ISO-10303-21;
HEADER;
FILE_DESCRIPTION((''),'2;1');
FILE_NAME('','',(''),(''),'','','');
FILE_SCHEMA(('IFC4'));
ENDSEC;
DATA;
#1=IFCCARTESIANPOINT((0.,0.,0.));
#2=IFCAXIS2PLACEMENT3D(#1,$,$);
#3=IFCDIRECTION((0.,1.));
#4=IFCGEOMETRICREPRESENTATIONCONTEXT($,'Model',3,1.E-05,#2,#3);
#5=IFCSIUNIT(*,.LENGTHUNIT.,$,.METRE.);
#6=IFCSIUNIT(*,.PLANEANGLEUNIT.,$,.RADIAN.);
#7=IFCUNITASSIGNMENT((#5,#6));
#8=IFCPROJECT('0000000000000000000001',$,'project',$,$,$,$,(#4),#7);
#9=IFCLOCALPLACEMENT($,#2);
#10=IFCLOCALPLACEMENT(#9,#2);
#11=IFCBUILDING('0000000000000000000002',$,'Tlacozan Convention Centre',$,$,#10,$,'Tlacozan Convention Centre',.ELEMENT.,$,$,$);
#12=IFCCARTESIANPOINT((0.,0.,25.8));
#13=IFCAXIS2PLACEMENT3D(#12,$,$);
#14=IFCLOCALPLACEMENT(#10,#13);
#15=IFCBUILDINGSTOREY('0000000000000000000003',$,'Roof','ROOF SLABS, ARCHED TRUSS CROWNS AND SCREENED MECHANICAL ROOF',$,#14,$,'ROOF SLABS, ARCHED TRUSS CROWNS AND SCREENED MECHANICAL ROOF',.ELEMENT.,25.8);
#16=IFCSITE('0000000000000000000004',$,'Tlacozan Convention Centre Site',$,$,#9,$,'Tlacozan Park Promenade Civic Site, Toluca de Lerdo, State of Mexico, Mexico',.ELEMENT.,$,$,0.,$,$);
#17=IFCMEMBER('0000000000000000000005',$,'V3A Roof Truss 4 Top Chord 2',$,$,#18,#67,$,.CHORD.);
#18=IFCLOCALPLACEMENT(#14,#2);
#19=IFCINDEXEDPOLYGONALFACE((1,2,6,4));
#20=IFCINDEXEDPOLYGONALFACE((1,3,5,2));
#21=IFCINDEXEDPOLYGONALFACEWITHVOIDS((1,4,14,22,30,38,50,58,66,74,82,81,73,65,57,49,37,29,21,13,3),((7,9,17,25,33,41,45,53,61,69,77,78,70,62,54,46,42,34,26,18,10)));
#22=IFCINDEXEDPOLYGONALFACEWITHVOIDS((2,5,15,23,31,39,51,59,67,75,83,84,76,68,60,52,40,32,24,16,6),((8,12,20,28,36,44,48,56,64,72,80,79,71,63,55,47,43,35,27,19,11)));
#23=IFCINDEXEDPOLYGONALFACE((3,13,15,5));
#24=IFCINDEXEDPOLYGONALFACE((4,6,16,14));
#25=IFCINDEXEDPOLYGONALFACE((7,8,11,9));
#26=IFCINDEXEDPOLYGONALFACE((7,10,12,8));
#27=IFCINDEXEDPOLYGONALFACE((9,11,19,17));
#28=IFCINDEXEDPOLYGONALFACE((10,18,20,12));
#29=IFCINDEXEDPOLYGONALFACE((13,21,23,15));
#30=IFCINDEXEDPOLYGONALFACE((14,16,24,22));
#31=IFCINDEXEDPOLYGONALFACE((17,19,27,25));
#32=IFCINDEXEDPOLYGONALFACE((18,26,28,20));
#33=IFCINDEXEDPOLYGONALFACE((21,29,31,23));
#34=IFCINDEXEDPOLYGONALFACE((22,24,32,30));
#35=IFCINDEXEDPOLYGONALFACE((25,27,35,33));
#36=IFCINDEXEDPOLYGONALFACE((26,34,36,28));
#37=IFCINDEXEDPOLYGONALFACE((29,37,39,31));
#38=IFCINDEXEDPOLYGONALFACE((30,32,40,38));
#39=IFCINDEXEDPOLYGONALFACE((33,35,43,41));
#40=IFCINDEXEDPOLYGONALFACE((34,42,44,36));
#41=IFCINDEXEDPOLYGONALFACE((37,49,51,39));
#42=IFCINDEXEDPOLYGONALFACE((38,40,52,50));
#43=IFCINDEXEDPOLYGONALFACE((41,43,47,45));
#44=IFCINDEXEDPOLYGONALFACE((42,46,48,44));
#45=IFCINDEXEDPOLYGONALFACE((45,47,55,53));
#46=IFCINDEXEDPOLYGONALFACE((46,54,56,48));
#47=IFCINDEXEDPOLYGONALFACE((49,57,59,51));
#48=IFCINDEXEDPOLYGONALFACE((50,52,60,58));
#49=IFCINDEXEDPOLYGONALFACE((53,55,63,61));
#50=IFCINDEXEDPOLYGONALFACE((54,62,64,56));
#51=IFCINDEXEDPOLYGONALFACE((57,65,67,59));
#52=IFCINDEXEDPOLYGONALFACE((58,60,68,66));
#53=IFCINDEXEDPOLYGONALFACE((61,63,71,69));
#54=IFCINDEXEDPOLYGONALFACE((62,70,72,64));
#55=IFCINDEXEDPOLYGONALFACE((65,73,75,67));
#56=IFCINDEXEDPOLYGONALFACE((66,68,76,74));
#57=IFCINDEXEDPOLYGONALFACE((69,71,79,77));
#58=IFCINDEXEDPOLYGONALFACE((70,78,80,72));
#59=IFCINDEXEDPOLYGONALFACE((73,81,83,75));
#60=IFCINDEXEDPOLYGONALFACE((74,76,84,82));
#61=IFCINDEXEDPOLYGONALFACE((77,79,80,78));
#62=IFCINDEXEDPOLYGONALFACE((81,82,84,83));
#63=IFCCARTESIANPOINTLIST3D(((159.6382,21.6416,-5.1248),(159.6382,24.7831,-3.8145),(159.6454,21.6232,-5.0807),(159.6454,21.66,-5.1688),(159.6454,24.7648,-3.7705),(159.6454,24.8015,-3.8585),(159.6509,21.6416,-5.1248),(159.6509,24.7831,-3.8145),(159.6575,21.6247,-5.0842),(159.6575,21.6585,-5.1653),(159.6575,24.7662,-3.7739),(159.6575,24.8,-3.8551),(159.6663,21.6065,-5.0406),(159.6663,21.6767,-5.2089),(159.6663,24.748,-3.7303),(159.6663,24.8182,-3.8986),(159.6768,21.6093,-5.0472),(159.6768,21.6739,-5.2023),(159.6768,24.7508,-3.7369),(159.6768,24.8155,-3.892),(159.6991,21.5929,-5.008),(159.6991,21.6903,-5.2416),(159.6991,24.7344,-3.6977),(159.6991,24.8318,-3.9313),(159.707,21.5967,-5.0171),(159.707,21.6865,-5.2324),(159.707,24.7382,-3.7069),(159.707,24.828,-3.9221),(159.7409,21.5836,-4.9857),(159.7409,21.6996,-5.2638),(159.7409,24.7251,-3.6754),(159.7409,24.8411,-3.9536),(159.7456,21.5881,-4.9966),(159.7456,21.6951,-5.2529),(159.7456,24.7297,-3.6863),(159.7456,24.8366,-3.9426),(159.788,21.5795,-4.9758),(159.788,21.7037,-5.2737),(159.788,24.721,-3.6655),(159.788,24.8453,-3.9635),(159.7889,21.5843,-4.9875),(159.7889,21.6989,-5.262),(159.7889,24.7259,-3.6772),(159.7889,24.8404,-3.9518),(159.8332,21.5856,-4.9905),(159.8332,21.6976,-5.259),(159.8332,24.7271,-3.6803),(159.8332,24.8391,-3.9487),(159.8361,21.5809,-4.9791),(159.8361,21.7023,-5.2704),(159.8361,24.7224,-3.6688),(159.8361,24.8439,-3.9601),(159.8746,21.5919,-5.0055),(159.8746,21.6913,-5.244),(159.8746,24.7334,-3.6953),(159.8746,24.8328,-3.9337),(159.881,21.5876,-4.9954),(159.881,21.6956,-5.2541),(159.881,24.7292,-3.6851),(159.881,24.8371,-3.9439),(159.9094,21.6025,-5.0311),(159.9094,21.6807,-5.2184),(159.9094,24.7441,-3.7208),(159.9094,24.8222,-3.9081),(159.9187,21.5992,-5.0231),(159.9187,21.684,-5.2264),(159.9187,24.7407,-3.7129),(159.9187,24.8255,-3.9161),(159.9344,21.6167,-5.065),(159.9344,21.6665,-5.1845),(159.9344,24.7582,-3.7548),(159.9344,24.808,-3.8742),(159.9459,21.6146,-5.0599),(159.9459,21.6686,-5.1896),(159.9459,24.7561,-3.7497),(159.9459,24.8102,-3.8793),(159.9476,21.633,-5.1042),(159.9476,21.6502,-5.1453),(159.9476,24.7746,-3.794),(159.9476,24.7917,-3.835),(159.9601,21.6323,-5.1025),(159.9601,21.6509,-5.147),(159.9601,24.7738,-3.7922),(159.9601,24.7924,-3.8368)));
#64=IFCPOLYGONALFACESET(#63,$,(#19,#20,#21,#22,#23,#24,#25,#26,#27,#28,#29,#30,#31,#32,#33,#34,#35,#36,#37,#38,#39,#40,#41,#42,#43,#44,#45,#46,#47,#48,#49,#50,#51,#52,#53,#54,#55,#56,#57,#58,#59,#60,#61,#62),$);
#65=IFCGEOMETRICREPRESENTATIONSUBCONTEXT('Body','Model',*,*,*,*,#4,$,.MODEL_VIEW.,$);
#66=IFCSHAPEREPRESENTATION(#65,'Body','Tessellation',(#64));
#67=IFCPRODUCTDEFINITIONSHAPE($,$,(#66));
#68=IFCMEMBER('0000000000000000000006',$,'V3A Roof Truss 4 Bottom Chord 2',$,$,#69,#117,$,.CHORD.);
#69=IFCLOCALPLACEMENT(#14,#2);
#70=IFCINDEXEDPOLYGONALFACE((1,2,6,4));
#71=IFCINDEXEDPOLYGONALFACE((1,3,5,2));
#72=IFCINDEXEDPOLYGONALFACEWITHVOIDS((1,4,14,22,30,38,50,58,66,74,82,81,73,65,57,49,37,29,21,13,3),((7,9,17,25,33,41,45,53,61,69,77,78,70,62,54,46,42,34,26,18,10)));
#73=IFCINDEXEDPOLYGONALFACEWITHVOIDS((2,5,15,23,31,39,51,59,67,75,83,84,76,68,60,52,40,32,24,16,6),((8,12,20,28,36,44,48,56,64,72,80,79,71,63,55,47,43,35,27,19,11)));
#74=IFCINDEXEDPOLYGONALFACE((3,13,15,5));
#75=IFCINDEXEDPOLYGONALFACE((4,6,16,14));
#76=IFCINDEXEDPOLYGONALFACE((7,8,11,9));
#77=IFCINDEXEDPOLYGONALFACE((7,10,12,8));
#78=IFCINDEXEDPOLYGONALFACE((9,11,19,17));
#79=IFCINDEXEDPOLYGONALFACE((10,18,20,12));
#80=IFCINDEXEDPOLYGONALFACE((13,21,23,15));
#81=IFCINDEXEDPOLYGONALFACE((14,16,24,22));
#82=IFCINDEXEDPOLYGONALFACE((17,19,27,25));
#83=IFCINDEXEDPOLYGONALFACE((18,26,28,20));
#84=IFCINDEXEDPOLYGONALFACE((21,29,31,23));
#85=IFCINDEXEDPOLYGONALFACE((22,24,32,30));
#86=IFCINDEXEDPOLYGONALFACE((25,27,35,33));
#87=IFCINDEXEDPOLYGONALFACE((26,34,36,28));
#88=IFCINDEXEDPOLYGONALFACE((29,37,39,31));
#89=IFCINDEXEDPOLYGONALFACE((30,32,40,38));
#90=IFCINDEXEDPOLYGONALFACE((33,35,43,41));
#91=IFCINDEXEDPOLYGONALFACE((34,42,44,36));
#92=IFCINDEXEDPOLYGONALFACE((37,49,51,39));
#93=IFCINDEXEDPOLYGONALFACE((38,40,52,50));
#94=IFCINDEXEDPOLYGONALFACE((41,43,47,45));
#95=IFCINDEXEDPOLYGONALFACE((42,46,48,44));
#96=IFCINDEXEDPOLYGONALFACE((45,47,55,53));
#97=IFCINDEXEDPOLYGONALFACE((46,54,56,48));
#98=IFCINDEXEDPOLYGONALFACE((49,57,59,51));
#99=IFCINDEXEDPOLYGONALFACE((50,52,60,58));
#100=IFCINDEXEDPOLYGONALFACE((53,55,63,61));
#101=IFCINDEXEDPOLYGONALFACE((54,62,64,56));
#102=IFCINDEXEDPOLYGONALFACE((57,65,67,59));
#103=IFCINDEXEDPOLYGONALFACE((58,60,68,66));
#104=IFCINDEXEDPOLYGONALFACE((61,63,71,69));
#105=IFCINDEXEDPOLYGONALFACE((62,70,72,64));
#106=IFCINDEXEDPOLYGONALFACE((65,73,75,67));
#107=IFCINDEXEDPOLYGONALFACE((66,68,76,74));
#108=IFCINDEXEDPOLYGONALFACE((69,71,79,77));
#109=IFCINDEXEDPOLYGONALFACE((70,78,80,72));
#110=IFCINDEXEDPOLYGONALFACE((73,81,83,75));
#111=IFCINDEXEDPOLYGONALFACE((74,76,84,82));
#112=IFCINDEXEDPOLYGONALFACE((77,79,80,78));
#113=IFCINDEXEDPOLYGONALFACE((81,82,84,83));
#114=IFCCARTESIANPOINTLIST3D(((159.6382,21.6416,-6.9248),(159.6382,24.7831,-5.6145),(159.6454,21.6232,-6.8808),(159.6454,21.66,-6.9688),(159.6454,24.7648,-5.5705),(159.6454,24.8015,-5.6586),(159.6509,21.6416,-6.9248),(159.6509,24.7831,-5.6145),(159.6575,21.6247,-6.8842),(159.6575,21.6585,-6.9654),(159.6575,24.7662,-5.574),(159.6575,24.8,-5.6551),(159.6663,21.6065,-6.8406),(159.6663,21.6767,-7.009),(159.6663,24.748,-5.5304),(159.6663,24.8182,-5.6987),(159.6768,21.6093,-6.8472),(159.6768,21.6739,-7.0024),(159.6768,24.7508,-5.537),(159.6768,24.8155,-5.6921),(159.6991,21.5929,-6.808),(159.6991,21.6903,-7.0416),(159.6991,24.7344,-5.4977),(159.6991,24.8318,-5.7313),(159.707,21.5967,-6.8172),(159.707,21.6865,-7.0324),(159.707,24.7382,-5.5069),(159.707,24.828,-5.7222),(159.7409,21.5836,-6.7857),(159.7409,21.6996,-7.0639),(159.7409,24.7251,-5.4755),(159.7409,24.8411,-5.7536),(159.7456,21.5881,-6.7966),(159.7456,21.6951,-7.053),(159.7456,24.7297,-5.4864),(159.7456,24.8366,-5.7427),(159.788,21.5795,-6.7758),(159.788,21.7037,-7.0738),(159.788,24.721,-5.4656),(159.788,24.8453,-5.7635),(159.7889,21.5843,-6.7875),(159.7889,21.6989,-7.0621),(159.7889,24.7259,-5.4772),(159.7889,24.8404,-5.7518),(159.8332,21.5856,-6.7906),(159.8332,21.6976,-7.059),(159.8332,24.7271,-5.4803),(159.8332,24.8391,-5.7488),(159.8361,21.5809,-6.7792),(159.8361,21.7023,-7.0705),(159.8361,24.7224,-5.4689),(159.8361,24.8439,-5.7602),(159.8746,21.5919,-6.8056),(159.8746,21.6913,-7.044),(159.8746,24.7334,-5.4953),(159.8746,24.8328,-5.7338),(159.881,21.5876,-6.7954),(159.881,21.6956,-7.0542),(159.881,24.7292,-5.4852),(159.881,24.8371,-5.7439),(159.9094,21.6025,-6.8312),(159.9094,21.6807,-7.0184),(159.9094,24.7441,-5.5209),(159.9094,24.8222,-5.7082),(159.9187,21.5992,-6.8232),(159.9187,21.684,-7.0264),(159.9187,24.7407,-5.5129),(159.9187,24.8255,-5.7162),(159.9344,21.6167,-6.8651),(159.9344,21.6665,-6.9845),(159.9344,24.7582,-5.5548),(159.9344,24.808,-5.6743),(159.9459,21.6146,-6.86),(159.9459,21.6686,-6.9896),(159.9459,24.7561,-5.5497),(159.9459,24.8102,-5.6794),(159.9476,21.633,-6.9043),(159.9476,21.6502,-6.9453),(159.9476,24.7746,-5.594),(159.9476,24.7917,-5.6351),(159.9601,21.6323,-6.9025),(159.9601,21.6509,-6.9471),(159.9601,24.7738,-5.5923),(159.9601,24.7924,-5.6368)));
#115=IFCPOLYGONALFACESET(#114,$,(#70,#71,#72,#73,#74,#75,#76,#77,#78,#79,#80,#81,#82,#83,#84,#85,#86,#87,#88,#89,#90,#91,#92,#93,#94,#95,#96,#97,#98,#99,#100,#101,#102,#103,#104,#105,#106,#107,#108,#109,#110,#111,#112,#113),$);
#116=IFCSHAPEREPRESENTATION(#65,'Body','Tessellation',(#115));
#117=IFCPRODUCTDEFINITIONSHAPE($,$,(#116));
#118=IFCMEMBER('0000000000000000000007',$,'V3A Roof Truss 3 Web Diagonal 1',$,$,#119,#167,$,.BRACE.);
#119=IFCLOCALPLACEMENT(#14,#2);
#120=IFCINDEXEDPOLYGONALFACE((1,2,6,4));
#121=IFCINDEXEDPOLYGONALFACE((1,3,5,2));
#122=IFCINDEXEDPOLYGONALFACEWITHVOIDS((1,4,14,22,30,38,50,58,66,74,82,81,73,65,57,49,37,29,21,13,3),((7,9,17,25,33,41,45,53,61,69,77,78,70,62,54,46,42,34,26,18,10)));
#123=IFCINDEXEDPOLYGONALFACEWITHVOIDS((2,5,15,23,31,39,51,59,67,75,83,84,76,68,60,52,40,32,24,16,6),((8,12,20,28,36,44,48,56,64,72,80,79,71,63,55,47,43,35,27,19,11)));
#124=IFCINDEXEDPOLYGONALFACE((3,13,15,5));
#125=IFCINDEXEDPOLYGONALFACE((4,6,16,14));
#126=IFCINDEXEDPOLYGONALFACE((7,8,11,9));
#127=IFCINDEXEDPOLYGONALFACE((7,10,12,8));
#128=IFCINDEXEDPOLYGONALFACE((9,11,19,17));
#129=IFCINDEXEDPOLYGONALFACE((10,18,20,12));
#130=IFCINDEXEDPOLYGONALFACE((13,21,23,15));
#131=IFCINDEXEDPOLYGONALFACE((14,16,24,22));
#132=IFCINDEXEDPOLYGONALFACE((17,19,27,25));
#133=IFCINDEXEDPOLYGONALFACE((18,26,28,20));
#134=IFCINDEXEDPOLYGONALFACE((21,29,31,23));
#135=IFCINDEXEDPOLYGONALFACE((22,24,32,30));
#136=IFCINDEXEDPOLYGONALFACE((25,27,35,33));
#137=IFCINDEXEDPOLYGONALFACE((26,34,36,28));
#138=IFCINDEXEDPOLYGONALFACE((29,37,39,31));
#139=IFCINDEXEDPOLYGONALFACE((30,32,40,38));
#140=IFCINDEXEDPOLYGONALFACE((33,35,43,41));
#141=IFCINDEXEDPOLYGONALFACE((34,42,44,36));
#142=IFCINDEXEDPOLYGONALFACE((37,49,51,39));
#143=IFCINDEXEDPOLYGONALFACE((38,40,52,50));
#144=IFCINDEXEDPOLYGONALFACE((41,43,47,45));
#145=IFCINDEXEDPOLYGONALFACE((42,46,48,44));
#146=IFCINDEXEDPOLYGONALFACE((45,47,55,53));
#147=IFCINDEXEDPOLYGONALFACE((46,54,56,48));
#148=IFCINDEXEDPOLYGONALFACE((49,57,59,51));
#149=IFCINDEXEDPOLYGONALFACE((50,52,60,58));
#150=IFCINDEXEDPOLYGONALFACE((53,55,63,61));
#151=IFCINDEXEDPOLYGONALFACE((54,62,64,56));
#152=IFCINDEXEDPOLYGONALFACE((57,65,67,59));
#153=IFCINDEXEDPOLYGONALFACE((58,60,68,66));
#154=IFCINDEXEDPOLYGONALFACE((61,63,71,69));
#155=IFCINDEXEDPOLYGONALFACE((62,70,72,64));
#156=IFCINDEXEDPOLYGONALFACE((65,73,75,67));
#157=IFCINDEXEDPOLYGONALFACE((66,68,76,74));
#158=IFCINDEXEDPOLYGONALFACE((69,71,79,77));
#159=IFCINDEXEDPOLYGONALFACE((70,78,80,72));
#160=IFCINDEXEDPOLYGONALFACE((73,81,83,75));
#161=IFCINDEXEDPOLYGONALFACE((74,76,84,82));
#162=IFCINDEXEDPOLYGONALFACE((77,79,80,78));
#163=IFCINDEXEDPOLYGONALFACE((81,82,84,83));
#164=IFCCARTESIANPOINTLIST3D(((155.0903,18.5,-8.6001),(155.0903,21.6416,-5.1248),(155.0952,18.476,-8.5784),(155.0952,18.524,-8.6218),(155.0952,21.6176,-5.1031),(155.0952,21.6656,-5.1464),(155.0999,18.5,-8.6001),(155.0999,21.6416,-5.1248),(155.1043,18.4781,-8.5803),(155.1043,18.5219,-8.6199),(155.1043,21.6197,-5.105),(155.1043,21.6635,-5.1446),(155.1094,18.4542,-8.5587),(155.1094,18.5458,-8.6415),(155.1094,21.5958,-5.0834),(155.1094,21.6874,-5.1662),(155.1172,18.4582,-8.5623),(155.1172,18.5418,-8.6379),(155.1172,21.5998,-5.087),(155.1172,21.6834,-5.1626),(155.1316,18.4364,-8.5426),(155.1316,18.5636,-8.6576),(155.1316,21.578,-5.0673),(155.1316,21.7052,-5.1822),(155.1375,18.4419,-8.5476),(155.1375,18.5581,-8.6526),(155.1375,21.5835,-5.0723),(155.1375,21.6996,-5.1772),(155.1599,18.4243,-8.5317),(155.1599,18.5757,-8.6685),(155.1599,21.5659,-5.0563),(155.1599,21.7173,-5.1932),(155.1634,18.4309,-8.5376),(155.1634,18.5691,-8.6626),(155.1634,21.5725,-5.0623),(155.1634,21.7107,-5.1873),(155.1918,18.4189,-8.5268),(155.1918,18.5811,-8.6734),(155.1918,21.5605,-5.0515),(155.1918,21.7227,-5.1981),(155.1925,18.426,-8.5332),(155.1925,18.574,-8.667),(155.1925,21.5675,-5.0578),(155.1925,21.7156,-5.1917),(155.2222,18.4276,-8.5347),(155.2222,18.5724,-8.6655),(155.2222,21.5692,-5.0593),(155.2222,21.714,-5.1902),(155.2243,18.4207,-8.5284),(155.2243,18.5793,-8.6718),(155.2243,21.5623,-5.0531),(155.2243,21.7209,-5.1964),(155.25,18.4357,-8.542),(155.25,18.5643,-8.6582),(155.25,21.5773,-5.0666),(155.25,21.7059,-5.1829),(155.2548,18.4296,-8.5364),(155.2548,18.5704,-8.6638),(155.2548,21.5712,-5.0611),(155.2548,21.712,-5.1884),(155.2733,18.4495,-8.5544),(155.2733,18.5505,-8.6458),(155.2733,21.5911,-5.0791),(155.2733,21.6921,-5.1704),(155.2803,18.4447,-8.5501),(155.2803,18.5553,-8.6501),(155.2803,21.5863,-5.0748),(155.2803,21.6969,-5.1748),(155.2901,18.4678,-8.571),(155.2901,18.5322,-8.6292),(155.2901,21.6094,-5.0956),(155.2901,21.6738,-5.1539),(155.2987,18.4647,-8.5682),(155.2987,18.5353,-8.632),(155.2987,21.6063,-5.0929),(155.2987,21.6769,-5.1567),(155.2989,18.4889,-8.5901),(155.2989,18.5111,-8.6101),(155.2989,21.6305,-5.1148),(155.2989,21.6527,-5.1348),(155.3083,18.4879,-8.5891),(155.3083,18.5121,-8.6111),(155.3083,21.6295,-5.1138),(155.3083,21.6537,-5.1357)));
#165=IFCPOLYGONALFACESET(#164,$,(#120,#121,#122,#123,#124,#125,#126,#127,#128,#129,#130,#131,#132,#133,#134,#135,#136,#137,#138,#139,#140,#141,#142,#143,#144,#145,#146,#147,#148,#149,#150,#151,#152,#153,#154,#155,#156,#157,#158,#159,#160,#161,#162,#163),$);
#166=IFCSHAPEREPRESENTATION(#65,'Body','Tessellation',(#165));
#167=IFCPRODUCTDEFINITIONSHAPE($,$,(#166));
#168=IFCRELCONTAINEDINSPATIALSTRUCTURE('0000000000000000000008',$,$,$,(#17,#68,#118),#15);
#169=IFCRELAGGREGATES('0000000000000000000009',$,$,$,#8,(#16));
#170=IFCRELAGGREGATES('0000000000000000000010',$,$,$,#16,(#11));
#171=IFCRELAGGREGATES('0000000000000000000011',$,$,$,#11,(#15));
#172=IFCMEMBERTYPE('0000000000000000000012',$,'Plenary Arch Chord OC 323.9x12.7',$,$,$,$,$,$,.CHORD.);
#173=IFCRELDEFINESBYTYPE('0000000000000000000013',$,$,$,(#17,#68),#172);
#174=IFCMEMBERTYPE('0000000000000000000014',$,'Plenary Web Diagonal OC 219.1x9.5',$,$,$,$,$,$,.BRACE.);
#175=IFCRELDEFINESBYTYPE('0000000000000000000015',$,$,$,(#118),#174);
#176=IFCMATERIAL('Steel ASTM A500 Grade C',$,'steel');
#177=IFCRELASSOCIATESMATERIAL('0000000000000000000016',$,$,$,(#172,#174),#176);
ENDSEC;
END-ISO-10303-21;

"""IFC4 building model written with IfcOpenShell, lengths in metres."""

from ifc_helpers import new_model, si_unit, direction, frame, origin, origin_2d, place, context, subcontext, project, spatial, hollow_circle, extrude, material, material_profile, profile_set, type_object, element, save


model = new_model("IFC4")

# Units and contexts
model_context = context("Model", 3, precision=1e-05, world=origin(), true_north=direction((0.0, 1.0)))
body_context = subcontext(model_context, "Body", "Model", "MODEL_VIEW")
ifc_project = project(units=[si_unit("LENGTHUNIT", "METRE"), si_unit("PLANEANGLEUNIT", "RADIAN")], contexts=[model_context])

# Site, building, storey
site_placement = place(None, origin())
site = spatial("IfcSite", under=ifc_project, at=site_placement, Name="Tlacozan Convention Centre Site", LongName="Tlacozan Park Promenade Civic Site, Toluca de Lerdo, State of Mexico, Mexico", CompositionType="ELEMENT", RefElevation=0.0)
building_placement = place(site_placement, origin())
building = spatial("IfcBuilding", under=site, at=building_placement, Name="Tlacozan Convention Centre", LongName="Tlacozan Convention Centre", CompositionType="ELEMENT")
storey_placement = place(building_placement, frame((0.0, 0.0, 25.8)))
storey = spatial("IfcBuildingStorey", under=building, at=storey_placement, Name="Roof", Description="ROOF SLABS, ARCHED TRUSS CROWNS AND SCREENED MECHANICAL ROOF", LongName="ROOF SLABS, ARCHED TRUSS CROWNS AND SCREENED MECHANICAL ROOF", CompositionType="ELEMENT", Elevation=25.8)

# Members
ifc_material_1 = material(Name="Steel ASTM A500 Grade C", Category="steel")
ifc_material_profile_1 = material_profile(ifc_material_1, hollow_circle(Radius=0.1619, WallThickness=0.0127, at=origin_2d()), Name="OC 323.9x12.7")
ifc_profile_set_1 = profile_set([ifc_material_profile_1], Name="Steel ASTM A500 Grade C")
member_type_1 = type_object("IfcMemberType", Name="Plenary Arch Chord OC 323.9x12.7", PredefinedType="CHORD", material=ifc_profile_set_1)
for number, where, z_axis, x_axis, name in (
    (1, (159.8, 21.6416, -5.1248), (0.0, 0.922941, 0.384941), (-1.0, 0.0, 0.0), "V3A Roof Truss 4 Top Chord 2"),
    (2, (159.8, 21.6416, -6.9248), (0.0, 0.922941, 0.384941), (-1.0, 0.0, 0.0), "V3A Roof Truss 4 Bottom Chord 2"),
):
    element("IfcMember", number, at=place(storey_placement, frame(where, z_axis=z_axis, x_axis=x_axis)), inside=storey, type_object=member_type_1, Name=name, PredefinedType="CHORD", context=body_context, shape_type="SweptSolid", body=[
        extrude(hollow_circle(Radius=0.1619, WallThickness=0.0127, at=origin_2d()), origin(), (0.0, 0.0, 1.0), 3.4038),
    ])
ifc_material_profile_2 = material_profile(ifc_material_1, hollow_circle(Radius=0.1096, WallThickness=0.0095, at=origin_2d()), Name="OC 219.1x9.5")
ifc_profile_set_2 = profile_set([ifc_material_profile_2], Name="Steel ASTM A500 Grade C")
member_type_2 = type_object("IfcMemberType", Name="Plenary Web Diagonal OC 219.1x9.5", PredefinedType="BRACE", material=ifc_profile_set_2)
member_1_placement = place(storey_placement, frame((155.2, 18.5, -8.6001), z_axis=(0.0, 0.67059, 0.741828), x_axis=(-1.0, 0.0, 0.0)))
element("IfcMember", 3, at=member_1_placement, inside=storey, type_object=member_type_2, Name="V3A Roof Truss 3 Web Diagonal 1", PredefinedType="BRACE", context=body_context, shape_type="SweptSolid", body=[
    extrude(hollow_circle(Radius=0.1096, WallThickness=0.0095, at=origin_2d()), origin(), (0.0, 0.0, 1.0), 4.6848),
])

save(model, "model.ifc")
